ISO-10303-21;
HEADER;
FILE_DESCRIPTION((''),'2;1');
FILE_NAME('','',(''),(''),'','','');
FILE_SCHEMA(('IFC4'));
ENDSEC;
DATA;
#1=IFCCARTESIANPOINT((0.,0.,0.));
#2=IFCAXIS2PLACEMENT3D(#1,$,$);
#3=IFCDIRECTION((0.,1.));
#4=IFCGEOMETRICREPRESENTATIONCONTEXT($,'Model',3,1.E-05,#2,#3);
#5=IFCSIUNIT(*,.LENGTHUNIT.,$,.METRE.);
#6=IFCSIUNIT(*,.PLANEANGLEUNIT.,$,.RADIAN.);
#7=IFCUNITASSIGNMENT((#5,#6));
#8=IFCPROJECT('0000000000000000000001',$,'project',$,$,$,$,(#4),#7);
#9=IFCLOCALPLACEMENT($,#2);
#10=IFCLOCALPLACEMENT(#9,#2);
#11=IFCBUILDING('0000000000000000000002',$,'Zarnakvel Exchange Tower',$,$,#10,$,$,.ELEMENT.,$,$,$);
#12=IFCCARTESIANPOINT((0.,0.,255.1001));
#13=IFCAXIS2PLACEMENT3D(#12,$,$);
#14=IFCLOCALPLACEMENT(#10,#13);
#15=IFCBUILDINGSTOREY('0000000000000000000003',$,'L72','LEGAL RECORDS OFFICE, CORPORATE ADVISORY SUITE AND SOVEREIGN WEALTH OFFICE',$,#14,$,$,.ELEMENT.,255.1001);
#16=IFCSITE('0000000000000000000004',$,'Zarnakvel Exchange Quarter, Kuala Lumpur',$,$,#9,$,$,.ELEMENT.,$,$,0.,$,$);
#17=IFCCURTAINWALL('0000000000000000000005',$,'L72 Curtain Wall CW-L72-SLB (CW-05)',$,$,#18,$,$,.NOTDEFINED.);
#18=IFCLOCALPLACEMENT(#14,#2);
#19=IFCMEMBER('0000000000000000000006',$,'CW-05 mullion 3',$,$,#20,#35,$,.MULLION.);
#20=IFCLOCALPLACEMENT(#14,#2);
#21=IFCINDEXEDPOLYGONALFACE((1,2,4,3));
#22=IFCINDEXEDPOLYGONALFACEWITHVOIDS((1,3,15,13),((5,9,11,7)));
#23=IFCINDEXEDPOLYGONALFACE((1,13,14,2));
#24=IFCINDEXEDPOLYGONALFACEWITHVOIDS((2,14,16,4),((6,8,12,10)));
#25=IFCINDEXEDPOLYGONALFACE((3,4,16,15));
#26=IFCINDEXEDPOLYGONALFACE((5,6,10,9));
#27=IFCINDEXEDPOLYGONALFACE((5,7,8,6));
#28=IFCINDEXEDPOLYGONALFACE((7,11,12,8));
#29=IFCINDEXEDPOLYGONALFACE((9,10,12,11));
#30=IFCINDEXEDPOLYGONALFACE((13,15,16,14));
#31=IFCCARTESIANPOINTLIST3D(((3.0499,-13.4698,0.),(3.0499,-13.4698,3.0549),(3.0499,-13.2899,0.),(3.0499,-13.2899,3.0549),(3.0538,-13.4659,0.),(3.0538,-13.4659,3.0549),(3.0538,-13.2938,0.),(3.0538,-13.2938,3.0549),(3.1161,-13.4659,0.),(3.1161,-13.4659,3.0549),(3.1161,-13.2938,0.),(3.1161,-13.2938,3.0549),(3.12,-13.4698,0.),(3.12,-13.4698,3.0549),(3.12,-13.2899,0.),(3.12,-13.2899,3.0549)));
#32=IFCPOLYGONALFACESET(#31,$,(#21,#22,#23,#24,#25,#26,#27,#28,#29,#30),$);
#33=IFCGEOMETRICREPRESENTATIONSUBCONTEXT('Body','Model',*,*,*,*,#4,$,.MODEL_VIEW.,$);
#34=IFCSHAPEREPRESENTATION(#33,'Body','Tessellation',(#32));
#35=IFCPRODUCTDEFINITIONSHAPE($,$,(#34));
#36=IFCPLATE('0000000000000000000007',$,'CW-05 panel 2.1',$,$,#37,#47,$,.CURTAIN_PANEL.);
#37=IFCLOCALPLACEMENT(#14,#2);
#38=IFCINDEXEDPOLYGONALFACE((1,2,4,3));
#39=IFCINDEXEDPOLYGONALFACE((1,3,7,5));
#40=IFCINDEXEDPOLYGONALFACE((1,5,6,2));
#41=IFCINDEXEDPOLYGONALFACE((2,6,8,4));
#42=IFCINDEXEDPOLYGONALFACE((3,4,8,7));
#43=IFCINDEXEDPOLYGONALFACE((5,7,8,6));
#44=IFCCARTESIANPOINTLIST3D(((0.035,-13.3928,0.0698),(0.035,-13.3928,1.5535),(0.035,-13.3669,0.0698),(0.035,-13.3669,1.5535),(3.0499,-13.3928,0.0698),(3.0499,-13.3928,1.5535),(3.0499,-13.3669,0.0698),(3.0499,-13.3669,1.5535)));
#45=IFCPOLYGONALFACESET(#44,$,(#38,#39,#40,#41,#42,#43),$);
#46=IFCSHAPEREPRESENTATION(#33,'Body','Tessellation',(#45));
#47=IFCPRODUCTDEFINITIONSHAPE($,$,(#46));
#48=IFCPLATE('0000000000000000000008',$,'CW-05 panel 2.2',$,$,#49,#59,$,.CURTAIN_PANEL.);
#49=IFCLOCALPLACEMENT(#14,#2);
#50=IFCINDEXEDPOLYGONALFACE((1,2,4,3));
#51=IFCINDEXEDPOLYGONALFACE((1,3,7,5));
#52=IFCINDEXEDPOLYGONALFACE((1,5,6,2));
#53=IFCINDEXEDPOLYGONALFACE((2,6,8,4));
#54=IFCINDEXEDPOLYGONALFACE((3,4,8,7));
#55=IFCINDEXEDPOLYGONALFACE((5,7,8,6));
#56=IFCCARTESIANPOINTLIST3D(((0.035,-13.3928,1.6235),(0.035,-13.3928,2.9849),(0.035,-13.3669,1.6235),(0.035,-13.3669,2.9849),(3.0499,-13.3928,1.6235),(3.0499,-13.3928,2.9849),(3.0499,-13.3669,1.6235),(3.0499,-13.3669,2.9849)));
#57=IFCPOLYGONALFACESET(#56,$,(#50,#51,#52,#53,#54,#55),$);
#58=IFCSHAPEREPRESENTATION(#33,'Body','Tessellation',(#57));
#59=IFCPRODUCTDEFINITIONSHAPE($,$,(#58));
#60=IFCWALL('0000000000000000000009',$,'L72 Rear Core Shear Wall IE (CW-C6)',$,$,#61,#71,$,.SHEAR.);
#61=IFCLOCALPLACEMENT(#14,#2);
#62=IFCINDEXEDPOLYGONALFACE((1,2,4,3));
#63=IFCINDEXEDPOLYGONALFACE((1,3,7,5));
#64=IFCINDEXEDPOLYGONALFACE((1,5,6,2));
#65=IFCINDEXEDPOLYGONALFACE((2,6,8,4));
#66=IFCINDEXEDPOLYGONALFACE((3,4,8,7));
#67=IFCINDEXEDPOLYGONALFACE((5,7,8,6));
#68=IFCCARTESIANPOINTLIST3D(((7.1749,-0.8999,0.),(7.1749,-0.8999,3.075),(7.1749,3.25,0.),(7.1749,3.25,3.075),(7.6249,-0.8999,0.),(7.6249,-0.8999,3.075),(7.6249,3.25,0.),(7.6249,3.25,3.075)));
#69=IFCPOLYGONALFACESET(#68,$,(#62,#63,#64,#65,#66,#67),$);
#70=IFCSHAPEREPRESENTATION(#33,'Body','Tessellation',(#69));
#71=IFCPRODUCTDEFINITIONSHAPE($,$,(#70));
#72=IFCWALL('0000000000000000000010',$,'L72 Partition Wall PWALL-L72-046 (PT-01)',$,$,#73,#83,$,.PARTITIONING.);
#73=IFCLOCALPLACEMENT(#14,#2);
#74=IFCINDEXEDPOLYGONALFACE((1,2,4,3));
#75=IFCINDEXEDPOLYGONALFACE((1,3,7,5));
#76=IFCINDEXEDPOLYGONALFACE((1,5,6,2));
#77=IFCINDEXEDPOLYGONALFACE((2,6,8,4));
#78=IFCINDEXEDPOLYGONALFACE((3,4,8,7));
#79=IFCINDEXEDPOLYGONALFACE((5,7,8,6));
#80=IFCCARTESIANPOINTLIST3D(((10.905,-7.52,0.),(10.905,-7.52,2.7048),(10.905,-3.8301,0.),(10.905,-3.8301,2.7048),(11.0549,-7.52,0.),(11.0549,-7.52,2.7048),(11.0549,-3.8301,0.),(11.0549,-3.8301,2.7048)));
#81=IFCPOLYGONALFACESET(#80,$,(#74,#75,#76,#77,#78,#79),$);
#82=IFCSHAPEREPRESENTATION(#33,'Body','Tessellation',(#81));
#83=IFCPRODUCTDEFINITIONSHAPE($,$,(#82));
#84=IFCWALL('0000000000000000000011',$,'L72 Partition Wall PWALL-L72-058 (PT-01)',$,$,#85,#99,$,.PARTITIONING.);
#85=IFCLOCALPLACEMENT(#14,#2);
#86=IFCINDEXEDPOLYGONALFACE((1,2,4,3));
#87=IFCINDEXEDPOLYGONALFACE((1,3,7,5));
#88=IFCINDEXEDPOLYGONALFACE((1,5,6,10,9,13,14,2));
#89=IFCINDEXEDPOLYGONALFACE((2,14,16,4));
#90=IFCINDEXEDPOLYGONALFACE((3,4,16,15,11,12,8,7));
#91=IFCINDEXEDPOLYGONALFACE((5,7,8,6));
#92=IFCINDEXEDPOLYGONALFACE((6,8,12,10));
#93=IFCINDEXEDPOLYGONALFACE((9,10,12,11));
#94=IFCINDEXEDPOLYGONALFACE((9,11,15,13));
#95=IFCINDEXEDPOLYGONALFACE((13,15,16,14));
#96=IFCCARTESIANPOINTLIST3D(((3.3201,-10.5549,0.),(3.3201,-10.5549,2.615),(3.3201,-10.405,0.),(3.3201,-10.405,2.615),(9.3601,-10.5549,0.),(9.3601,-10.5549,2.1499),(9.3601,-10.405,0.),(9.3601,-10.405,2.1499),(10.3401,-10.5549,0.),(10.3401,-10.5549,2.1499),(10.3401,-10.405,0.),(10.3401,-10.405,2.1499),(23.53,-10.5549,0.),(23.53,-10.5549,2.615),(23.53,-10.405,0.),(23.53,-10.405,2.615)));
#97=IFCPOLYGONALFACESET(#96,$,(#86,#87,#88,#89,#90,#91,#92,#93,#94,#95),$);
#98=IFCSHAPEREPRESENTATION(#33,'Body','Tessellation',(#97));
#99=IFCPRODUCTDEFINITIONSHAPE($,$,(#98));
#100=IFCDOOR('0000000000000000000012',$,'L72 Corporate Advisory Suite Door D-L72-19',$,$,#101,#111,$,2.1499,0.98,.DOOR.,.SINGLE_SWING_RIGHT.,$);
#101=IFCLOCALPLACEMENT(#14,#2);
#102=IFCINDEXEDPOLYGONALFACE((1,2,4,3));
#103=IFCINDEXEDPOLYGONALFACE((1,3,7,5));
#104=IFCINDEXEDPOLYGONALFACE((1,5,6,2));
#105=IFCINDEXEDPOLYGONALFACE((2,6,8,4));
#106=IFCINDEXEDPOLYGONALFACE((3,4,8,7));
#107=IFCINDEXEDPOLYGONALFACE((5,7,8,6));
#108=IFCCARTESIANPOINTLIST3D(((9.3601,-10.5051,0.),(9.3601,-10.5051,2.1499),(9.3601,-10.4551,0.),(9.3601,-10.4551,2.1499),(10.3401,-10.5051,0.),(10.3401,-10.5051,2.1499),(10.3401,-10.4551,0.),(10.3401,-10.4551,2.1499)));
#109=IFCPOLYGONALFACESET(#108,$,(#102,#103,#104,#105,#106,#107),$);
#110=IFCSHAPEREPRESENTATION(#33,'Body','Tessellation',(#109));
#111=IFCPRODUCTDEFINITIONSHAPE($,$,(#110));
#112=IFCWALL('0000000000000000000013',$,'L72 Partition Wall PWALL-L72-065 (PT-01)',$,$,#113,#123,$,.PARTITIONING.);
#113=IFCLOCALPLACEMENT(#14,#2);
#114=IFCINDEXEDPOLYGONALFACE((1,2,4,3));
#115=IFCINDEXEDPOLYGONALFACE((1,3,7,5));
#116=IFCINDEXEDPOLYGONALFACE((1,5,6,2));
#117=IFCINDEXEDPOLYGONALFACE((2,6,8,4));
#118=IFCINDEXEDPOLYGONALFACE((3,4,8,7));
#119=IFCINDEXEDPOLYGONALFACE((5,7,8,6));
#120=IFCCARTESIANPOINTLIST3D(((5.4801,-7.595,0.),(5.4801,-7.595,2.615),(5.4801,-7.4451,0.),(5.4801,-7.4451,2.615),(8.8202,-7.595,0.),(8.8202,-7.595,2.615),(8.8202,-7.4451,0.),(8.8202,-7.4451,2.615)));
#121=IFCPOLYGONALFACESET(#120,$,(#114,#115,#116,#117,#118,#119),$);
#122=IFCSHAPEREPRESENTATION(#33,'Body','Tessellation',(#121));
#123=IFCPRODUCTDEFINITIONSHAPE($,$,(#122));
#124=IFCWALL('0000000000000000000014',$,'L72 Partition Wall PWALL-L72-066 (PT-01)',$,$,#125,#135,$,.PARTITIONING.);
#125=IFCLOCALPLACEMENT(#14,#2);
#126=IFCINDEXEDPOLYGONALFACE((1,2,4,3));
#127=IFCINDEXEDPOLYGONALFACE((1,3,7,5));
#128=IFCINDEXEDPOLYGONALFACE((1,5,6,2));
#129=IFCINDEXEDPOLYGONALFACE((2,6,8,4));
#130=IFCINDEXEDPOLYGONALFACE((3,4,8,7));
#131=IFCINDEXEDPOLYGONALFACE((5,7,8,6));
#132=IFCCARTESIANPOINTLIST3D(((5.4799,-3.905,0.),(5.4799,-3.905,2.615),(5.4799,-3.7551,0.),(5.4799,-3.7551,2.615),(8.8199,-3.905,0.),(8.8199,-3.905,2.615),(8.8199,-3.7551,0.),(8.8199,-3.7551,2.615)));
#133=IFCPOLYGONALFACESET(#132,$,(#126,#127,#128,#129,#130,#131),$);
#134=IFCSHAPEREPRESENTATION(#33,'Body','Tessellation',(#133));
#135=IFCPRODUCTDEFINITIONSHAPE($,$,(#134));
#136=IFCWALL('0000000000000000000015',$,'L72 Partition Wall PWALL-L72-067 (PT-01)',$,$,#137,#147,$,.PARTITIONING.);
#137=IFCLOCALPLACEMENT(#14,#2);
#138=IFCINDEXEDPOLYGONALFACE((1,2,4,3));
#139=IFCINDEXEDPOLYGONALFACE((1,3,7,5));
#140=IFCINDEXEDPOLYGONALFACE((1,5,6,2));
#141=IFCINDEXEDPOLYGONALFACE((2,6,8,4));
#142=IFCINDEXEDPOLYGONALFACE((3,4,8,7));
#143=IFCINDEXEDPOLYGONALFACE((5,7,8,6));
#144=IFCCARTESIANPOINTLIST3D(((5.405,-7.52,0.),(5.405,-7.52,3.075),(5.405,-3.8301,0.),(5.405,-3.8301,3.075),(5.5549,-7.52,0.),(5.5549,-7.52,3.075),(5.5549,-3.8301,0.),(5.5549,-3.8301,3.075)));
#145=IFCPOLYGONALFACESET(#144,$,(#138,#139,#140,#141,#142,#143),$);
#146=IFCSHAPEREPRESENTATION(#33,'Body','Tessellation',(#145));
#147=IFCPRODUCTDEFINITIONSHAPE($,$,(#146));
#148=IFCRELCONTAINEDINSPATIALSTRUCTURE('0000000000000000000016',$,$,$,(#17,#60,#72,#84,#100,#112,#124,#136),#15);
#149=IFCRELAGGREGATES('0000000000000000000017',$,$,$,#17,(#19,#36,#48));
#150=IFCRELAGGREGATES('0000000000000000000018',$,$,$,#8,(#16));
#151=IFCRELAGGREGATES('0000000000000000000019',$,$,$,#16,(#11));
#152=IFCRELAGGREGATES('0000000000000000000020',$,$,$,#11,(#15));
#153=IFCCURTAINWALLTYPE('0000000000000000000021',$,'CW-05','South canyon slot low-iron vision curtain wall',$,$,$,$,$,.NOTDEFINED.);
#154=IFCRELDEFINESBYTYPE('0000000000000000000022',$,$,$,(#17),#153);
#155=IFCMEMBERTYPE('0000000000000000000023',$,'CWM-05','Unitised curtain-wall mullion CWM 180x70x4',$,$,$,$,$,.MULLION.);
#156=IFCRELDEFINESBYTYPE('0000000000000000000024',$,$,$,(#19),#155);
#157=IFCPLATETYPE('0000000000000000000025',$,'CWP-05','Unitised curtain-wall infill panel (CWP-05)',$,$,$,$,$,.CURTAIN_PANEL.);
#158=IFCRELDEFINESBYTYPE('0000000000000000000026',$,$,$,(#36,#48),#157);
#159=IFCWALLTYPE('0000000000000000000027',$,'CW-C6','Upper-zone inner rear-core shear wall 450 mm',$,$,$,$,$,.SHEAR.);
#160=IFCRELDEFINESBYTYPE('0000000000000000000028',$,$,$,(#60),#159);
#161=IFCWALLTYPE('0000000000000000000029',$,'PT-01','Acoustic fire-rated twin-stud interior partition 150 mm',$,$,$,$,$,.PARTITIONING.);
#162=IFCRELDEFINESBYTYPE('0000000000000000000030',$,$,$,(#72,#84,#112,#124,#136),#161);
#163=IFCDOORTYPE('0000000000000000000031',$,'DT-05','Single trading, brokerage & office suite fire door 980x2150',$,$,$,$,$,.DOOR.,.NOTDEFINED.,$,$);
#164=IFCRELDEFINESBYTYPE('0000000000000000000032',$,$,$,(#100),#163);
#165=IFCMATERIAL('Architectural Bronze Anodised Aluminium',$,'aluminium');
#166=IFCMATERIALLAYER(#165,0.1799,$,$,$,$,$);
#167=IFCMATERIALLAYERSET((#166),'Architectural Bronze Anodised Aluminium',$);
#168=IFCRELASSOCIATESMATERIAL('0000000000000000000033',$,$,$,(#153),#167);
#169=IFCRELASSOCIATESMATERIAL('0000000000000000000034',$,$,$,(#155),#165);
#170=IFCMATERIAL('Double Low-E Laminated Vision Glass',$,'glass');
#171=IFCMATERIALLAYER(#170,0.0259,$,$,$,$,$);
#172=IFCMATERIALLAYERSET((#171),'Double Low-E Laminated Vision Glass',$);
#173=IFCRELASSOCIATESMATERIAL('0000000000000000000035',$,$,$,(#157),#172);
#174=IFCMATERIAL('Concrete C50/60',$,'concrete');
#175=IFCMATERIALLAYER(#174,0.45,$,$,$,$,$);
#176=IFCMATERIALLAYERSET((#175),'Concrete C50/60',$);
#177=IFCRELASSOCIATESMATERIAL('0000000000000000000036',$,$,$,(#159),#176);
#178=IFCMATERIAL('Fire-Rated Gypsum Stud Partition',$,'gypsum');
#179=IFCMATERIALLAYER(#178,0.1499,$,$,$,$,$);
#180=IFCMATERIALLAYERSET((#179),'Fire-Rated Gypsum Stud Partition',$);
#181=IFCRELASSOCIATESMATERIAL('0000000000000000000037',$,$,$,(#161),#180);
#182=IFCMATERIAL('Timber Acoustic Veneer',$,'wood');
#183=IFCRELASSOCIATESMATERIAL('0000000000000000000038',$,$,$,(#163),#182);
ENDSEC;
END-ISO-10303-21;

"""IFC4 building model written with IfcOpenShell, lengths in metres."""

from ifc_helpers import new_model, si_unit, direction, frame, frame_2d, origin, origin_2d, place, context, subcontext, project, spatial, rectangle, hollow_rectangle, extrude, source, transform, mapped, material, layer, layer_set, material_profile, profile_set, type_object, element, fill, aggregate, save


model = new_model("IFC4")

# Units and contexts
model_context = context("Model", 3, precision=1e-05, world=origin(), true_north=direction((0.0, 1.0)))
body_context = subcontext(model_context, "Body", "Model", "MODEL_VIEW")
ifc_project = project(units=[si_unit("LENGTHUNIT", "METRE"), si_unit("PLANEANGLEUNIT", "RADIAN")], contexts=[model_context])

# Site, building, storey
site_placement = place(None, origin())
site = spatial("IfcSite", under=ifc_project, at=site_placement, Name="Zarnakvel Exchange Quarter, Kuala Lumpur", CompositionType="ELEMENT", RefElevation=0.0)
building_placement = place(site_placement, origin())
building = spatial("IfcBuilding", under=site, at=building_placement, Name="Zarnakvel Exchange Tower", CompositionType="ELEMENT")
storey_placement = place(building_placement, frame((0.0, 0.0, 255.1001)))
storey = spatial("IfcBuildingStorey", under=building, at=storey_placement, Name="L72", Description="LEGAL RECORDS OFFICE, CORPORATE ADVISORY SUITE AND SOVEREIGN WEALTH OFFICE", CompositionType="ELEMENT", Elevation=255.1001)

# Shared definitions
ifc_material_1 = material(Name="Concrete C50/60", Category="concrete")

# Curtain wall, member, plates
ifc_material_2 = material(Name="Architectural Bronze Anodised Aluminium", Category="aluminium")
ifc_layer_1 = layer(ifc_material_2, 0.1799)
ifc_layer_set_1 = layer_set([ifc_layer_1], Name="Architectural Bronze Anodised Aluminium")
curtain_wall_type = type_object("IfcCurtainWallType", Name="CW-05", Description="South canyon slot low-iron vision curtain wall", PredefinedType="NOTDEFINED", material=ifc_layer_set_1)
curtain_wall_placement = place(storey_placement, origin())
curtain_wall = element("IfcCurtainWall", 1, at=curtain_wall_placement, inside=storey, type_object=curtain_wall_type, Name="L72 Curtain Wall CW-L72-SLB (CW-05)", PredefinedType="NOTDEFINED")
ifc_material_profile_1 = material_profile(ifc_material_2, hollow_rectangle(XDim=0.1799, YDim=0.0701, WallThickness=0.0039, at=origin_2d()))
ifc_profile_set_1 = profile_set([ifc_material_profile_1], Name="Architectural Bronze Anodised Aluminium")
member_type = type_object("IfcMemberType", Name="CWM-05", Description="Unitised curtain-wall mullion CWM 180x70x4", PredefinedType="MULLION", material=ifc_profile_set_1)
shared_shape_1 = source(origin(), body_context, "Body", "SweptSolid", [
    extrude(hollow_rectangle(XDim=0.1799, YDim=0.0701, WallThickness=0.0039, at=origin_2d()), origin(), (0.0, 0.0, 1.0), 3.0549),
])
member_placement = place(storey_placement, frame((3.085, -13.3799, 0.0), z_axis=(0.0, 0.0, 1.0), x_axis=(0.0, 1.0, 0.0)))
member = element("IfcMember", 2, at=member_placement, type_object=member_type, Name="CW-05 mullion 3", PredefinedType="MULLION", context=body_context, shape_type="MappedRepresentation", body=[
    mapped(shared_shape_1, transform((0.0, 0.0, 0.0), x_axis=(1.0, 0.0, 0.0), y_axis=(0.0, 1.0, 0.0), z_axis=(0.0, 0.0, 1.0), scale=1.0)),
])
ifc_material_3 = material(Name="Double Low-E Laminated Vision Glass", Category="glass")
ifc_layer_2 = layer(ifc_material_3, 0.0259)
ifc_layer_set_2 = layer_set([ifc_layer_2], Name="Double Low-E Laminated Vision Glass")
plate_type = type_object("IfcPlateType", Name="CWP-05", Description="Unitised curtain-wall infill panel (CWP-05)", PredefinedType="CURTAIN_PANEL", material=ifc_layer_set_2)
shared_shape_2 = source(origin(), body_context, "Body", "SweptSolid", [
    extrude(rectangle(XDim=3.0149, YDim=0.0259, at=origin_2d()), origin(), (0.0, 0.0, 1.0), 1.4836),
])
plate_1_placement = place(storey_placement, frame((1.5425, -13.3799, 0.0698), z_axis=(0.0, 0.0, 1.0), x_axis=(1.0, 0.0, 0.0)))
plate_1 = element("IfcPlate", 3, at=plate_1_placement, type_object=plate_type, Name="CW-05 panel 2.1", PredefinedType="CURTAIN_PANEL", context=body_context, shape_type="MappedRepresentation", body=[
    mapped(shared_shape_2, transform((0.0, 0.0, 0.0), x_axis=(1.0, 0.0, 0.0), y_axis=(0.0, 1.0, 0.0), z_axis=(0.0, 0.0, 1.0), scale=1.0)),
])
shared_shape_3 = source(origin(), body_context, "Body", "SweptSolid", [
    extrude(rectangle(XDim=3.0149, YDim=0.0259, at=origin_2d()), origin(), (0.0, 0.0, 1.0), 1.3613),
])
plate_2_placement = place(storey_placement, frame((1.5425, -13.3799, 1.6235), z_axis=(0.0, 0.0, 1.0), x_axis=(1.0, 0.0, 0.0)))
plate_2 = element("IfcPlate", 4, at=plate_2_placement, type_object=plate_type, Name="CW-05 panel 2.2", PredefinedType="CURTAIN_PANEL", context=body_context, shape_type="MappedRepresentation", body=[
    mapped(shared_shape_3, transform((0.0, 0.0, 0.0), x_axis=(1.0, 0.0, 0.0), y_axis=(0.0, 1.0, 0.0), z_axis=(0.0, 0.0, 1.0), scale=1.0)),
])
aggregate(curtain_wall, [member, plate_1, plate_2])

# Wall
ifc_layer_3 = layer(ifc_material_1, 0.45)
ifc_layer_set_3 = layer_set([ifc_layer_3], Name="Concrete C50/60")
wall_type_1 = type_object("IfcWallType", Name="CW-C6", Description="Upper-zone inner rear-core shear wall 450 mm", PredefinedType="SHEAR", material=ifc_layer_set_3)
wall_1_placement = place(storey_placement, frame((7.3999, -0.8999, 0.0), z_axis=(0.0, 0.0, 1.0), x_axis=(0.0, 1.0, 0.0)))
element("IfcWall", 5, at=wall_1_placement, inside=storey, type_object=wall_type_1, Name="L72 Rear Core Shear Wall IE (CW-C6)", PredefinedType="SHEAR", context=body_context, shape_type="SweptSolid", body=[
    extrude(rectangle(XDim=4.1499, YDim=0.45, at=frame_2d((2.075, 0.0))), origin(), (0.0, 0.0, 1.0), 3.075),
])

# Shared definitions
ifc_material_4 = material(Name="Fire-Rated Gypsum Stud Partition", Category="gypsum")
ifc_layer_4 = layer(ifc_material_4, 0.1499)
ifc_layer_set_4 = layer_set([ifc_layer_4], Name="Fire-Rated Gypsum Stud Partition")
wall_type_2 = type_object("IfcWallType", Name="PT-01", Description="Acoustic fire-rated twin-stud interior partition 150 mm", PredefinedType="PARTITIONING", material=ifc_layer_set_4)
ifc_material_5 = material(Name="Timber Acoustic Veneer", Category="wood")
door_type_1 = type_object("IfcDoorType", Name="DT-05", Description="Single trading, brokerage & office suite fire door 980x2150", OperationType="NOTDEFINED", PredefinedType="DOOR", material=ifc_material_5)
shared_shape_4 = source(origin(), body_context, "Body", "SweptSolid", [
    extrude(rectangle(XDim=0.98, YDim=2.1499, at=frame_2d((0.49, 1.075))), frame((0.0, 0.0249, 0.0), z_axis=(0.0, -1.0, 0.0), x_axis=(1.0, 0.0, 0.0)), (0.0, 0.0, 1.0), 0.05),
])

# Wall
wall_2_placement = place(storey_placement, frame((10.98, -7.52, 0.0), z_axis=(0.0, 0.0, 1.0), x_axis=(0.0, 1.0, 0.0)))
element("IfcWall", 6, at=wall_2_placement, inside=storey, type_object=wall_type_2, Name="L72 Partition Wall PWALL-L72-046 (PT-01)", PredefinedType="PARTITIONING", context=body_context, shape_type="SweptSolid", body=[
    extrude(rectangle(XDim=3.6899, YDim=0.1499, at=frame_2d((1.845, 0.0))), origin(), (0.0, 0.0, 1.0), 2.7048),
])

# Wall, opening, door
wall_3_placement = place(storey_placement, frame((3.3201, -10.48, 0.0), z_axis=(0.0, 0.0, 1.0), x_axis=(1.0, 0.0, 0.0)))
wall_3 = element("IfcWall", 7, at=wall_3_placement, inside=storey, type_object=wall_type_2, Name="L72 Partition Wall PWALL-L72-058 (PT-01)", PredefinedType="PARTITIONING", context=body_context, shape_type="SweptSolid", body=[
    extrude(rectangle(XDim=20.21, YDim=0.1499, at=frame_2d((10.105, 0.0))), origin(), (0.0, 0.0, 1.0), 2.615),
])
opening_1_placement = place(wall_3_placement, frame((6.04, 0.0, 0.0)))
opening_1 = element("IfcOpeningElement", 8, at=opening_1_placement, cuts=wall_3, PredefinedType="OPENING", context=body_context, shape_type="SweptSolid", body=[
    extrude(rectangle(XDim=0.98, YDim=2.1499, at=frame_2d((0.49, 1.075))), frame((0.0, 0.085, 0.0), z_axis=(0.0, -1.0, 0.0), x_axis=(1.0, 0.0, 0.0)), (0.0, 0.0, 1.0), 0.1699),
])
door_1_placement = place(opening_1_placement, origin())
door_1 = element("IfcDoor", 9, at=door_1_placement, inside=storey, type_object=door_type_1, Name="L72 Corporate Advisory Suite Door D-L72-19", OperationType="SINGLE_SWING_RIGHT", OverallHeight=2.1499, OverallWidth=0.98, PredefinedType="DOOR", context=body_context, shape_type="MappedRepresentation", body=[
    mapped(shared_shape_4, transform((0.0, 0.0, 0.0), x_axis=(1.0, 0.0, 0.0), y_axis=(0.0, 1.0, 0.0), z_axis=(0.0, 0.0, 1.0), scale=1.0)),
])
fill(opening_1, door_1)

# Walls
for number, where, z_axis, x_axis, name in (
    (10, (8.8201, -7.52, 0.0), (0.0, 0.0, 1.0), (-1.0, 0.0, 0.0), "L72 Partition Wall PWALL-L72-065 (PT-01)"),
    (11, (5.48, -3.8301, 0.0), (0.0, 0.0, 1.0), (1.0, 0.0, 0.0), "L72 Partition Wall PWALL-L72-066 (PT-01)"),
):
    element("IfcWall", number, at=place(storey_placement, frame(where, z_axis=z_axis, x_axis=x_axis)), inside=storey, type_object=wall_type_2, Name=name, PredefinedType="PARTITIONING", context=body_context, shape_type="SweptSolid", body=[
        extrude(rectangle(XDim=3.3401, YDim=0.1499, at=frame_2d((1.6699, 0.0))), origin(), (0.0, 0.0, 1.0), 2.615),
    ])
wall_4_placement = place(storey_placement, frame((5.48, -7.52, 0.0), z_axis=(0.0, 0.0, 1.0), x_axis=(0.0, 1.0, 0.0)))
element("IfcWall", 12, at=wall_4_placement, inside=storey, type_object=wall_type_2, Name="L72 Partition Wall PWALL-L72-067 (PT-01)", PredefinedType="PARTITIONING", context=body_context, shape_type="SweptSolid", body=[
    extrude(rectangle(XDim=3.6899, YDim=0.1499, at=frame_2d((1.845, 0.0))), origin(), (0.0, 0.0, 1.0), 3.075),
])

save(model, "model.ifc")
